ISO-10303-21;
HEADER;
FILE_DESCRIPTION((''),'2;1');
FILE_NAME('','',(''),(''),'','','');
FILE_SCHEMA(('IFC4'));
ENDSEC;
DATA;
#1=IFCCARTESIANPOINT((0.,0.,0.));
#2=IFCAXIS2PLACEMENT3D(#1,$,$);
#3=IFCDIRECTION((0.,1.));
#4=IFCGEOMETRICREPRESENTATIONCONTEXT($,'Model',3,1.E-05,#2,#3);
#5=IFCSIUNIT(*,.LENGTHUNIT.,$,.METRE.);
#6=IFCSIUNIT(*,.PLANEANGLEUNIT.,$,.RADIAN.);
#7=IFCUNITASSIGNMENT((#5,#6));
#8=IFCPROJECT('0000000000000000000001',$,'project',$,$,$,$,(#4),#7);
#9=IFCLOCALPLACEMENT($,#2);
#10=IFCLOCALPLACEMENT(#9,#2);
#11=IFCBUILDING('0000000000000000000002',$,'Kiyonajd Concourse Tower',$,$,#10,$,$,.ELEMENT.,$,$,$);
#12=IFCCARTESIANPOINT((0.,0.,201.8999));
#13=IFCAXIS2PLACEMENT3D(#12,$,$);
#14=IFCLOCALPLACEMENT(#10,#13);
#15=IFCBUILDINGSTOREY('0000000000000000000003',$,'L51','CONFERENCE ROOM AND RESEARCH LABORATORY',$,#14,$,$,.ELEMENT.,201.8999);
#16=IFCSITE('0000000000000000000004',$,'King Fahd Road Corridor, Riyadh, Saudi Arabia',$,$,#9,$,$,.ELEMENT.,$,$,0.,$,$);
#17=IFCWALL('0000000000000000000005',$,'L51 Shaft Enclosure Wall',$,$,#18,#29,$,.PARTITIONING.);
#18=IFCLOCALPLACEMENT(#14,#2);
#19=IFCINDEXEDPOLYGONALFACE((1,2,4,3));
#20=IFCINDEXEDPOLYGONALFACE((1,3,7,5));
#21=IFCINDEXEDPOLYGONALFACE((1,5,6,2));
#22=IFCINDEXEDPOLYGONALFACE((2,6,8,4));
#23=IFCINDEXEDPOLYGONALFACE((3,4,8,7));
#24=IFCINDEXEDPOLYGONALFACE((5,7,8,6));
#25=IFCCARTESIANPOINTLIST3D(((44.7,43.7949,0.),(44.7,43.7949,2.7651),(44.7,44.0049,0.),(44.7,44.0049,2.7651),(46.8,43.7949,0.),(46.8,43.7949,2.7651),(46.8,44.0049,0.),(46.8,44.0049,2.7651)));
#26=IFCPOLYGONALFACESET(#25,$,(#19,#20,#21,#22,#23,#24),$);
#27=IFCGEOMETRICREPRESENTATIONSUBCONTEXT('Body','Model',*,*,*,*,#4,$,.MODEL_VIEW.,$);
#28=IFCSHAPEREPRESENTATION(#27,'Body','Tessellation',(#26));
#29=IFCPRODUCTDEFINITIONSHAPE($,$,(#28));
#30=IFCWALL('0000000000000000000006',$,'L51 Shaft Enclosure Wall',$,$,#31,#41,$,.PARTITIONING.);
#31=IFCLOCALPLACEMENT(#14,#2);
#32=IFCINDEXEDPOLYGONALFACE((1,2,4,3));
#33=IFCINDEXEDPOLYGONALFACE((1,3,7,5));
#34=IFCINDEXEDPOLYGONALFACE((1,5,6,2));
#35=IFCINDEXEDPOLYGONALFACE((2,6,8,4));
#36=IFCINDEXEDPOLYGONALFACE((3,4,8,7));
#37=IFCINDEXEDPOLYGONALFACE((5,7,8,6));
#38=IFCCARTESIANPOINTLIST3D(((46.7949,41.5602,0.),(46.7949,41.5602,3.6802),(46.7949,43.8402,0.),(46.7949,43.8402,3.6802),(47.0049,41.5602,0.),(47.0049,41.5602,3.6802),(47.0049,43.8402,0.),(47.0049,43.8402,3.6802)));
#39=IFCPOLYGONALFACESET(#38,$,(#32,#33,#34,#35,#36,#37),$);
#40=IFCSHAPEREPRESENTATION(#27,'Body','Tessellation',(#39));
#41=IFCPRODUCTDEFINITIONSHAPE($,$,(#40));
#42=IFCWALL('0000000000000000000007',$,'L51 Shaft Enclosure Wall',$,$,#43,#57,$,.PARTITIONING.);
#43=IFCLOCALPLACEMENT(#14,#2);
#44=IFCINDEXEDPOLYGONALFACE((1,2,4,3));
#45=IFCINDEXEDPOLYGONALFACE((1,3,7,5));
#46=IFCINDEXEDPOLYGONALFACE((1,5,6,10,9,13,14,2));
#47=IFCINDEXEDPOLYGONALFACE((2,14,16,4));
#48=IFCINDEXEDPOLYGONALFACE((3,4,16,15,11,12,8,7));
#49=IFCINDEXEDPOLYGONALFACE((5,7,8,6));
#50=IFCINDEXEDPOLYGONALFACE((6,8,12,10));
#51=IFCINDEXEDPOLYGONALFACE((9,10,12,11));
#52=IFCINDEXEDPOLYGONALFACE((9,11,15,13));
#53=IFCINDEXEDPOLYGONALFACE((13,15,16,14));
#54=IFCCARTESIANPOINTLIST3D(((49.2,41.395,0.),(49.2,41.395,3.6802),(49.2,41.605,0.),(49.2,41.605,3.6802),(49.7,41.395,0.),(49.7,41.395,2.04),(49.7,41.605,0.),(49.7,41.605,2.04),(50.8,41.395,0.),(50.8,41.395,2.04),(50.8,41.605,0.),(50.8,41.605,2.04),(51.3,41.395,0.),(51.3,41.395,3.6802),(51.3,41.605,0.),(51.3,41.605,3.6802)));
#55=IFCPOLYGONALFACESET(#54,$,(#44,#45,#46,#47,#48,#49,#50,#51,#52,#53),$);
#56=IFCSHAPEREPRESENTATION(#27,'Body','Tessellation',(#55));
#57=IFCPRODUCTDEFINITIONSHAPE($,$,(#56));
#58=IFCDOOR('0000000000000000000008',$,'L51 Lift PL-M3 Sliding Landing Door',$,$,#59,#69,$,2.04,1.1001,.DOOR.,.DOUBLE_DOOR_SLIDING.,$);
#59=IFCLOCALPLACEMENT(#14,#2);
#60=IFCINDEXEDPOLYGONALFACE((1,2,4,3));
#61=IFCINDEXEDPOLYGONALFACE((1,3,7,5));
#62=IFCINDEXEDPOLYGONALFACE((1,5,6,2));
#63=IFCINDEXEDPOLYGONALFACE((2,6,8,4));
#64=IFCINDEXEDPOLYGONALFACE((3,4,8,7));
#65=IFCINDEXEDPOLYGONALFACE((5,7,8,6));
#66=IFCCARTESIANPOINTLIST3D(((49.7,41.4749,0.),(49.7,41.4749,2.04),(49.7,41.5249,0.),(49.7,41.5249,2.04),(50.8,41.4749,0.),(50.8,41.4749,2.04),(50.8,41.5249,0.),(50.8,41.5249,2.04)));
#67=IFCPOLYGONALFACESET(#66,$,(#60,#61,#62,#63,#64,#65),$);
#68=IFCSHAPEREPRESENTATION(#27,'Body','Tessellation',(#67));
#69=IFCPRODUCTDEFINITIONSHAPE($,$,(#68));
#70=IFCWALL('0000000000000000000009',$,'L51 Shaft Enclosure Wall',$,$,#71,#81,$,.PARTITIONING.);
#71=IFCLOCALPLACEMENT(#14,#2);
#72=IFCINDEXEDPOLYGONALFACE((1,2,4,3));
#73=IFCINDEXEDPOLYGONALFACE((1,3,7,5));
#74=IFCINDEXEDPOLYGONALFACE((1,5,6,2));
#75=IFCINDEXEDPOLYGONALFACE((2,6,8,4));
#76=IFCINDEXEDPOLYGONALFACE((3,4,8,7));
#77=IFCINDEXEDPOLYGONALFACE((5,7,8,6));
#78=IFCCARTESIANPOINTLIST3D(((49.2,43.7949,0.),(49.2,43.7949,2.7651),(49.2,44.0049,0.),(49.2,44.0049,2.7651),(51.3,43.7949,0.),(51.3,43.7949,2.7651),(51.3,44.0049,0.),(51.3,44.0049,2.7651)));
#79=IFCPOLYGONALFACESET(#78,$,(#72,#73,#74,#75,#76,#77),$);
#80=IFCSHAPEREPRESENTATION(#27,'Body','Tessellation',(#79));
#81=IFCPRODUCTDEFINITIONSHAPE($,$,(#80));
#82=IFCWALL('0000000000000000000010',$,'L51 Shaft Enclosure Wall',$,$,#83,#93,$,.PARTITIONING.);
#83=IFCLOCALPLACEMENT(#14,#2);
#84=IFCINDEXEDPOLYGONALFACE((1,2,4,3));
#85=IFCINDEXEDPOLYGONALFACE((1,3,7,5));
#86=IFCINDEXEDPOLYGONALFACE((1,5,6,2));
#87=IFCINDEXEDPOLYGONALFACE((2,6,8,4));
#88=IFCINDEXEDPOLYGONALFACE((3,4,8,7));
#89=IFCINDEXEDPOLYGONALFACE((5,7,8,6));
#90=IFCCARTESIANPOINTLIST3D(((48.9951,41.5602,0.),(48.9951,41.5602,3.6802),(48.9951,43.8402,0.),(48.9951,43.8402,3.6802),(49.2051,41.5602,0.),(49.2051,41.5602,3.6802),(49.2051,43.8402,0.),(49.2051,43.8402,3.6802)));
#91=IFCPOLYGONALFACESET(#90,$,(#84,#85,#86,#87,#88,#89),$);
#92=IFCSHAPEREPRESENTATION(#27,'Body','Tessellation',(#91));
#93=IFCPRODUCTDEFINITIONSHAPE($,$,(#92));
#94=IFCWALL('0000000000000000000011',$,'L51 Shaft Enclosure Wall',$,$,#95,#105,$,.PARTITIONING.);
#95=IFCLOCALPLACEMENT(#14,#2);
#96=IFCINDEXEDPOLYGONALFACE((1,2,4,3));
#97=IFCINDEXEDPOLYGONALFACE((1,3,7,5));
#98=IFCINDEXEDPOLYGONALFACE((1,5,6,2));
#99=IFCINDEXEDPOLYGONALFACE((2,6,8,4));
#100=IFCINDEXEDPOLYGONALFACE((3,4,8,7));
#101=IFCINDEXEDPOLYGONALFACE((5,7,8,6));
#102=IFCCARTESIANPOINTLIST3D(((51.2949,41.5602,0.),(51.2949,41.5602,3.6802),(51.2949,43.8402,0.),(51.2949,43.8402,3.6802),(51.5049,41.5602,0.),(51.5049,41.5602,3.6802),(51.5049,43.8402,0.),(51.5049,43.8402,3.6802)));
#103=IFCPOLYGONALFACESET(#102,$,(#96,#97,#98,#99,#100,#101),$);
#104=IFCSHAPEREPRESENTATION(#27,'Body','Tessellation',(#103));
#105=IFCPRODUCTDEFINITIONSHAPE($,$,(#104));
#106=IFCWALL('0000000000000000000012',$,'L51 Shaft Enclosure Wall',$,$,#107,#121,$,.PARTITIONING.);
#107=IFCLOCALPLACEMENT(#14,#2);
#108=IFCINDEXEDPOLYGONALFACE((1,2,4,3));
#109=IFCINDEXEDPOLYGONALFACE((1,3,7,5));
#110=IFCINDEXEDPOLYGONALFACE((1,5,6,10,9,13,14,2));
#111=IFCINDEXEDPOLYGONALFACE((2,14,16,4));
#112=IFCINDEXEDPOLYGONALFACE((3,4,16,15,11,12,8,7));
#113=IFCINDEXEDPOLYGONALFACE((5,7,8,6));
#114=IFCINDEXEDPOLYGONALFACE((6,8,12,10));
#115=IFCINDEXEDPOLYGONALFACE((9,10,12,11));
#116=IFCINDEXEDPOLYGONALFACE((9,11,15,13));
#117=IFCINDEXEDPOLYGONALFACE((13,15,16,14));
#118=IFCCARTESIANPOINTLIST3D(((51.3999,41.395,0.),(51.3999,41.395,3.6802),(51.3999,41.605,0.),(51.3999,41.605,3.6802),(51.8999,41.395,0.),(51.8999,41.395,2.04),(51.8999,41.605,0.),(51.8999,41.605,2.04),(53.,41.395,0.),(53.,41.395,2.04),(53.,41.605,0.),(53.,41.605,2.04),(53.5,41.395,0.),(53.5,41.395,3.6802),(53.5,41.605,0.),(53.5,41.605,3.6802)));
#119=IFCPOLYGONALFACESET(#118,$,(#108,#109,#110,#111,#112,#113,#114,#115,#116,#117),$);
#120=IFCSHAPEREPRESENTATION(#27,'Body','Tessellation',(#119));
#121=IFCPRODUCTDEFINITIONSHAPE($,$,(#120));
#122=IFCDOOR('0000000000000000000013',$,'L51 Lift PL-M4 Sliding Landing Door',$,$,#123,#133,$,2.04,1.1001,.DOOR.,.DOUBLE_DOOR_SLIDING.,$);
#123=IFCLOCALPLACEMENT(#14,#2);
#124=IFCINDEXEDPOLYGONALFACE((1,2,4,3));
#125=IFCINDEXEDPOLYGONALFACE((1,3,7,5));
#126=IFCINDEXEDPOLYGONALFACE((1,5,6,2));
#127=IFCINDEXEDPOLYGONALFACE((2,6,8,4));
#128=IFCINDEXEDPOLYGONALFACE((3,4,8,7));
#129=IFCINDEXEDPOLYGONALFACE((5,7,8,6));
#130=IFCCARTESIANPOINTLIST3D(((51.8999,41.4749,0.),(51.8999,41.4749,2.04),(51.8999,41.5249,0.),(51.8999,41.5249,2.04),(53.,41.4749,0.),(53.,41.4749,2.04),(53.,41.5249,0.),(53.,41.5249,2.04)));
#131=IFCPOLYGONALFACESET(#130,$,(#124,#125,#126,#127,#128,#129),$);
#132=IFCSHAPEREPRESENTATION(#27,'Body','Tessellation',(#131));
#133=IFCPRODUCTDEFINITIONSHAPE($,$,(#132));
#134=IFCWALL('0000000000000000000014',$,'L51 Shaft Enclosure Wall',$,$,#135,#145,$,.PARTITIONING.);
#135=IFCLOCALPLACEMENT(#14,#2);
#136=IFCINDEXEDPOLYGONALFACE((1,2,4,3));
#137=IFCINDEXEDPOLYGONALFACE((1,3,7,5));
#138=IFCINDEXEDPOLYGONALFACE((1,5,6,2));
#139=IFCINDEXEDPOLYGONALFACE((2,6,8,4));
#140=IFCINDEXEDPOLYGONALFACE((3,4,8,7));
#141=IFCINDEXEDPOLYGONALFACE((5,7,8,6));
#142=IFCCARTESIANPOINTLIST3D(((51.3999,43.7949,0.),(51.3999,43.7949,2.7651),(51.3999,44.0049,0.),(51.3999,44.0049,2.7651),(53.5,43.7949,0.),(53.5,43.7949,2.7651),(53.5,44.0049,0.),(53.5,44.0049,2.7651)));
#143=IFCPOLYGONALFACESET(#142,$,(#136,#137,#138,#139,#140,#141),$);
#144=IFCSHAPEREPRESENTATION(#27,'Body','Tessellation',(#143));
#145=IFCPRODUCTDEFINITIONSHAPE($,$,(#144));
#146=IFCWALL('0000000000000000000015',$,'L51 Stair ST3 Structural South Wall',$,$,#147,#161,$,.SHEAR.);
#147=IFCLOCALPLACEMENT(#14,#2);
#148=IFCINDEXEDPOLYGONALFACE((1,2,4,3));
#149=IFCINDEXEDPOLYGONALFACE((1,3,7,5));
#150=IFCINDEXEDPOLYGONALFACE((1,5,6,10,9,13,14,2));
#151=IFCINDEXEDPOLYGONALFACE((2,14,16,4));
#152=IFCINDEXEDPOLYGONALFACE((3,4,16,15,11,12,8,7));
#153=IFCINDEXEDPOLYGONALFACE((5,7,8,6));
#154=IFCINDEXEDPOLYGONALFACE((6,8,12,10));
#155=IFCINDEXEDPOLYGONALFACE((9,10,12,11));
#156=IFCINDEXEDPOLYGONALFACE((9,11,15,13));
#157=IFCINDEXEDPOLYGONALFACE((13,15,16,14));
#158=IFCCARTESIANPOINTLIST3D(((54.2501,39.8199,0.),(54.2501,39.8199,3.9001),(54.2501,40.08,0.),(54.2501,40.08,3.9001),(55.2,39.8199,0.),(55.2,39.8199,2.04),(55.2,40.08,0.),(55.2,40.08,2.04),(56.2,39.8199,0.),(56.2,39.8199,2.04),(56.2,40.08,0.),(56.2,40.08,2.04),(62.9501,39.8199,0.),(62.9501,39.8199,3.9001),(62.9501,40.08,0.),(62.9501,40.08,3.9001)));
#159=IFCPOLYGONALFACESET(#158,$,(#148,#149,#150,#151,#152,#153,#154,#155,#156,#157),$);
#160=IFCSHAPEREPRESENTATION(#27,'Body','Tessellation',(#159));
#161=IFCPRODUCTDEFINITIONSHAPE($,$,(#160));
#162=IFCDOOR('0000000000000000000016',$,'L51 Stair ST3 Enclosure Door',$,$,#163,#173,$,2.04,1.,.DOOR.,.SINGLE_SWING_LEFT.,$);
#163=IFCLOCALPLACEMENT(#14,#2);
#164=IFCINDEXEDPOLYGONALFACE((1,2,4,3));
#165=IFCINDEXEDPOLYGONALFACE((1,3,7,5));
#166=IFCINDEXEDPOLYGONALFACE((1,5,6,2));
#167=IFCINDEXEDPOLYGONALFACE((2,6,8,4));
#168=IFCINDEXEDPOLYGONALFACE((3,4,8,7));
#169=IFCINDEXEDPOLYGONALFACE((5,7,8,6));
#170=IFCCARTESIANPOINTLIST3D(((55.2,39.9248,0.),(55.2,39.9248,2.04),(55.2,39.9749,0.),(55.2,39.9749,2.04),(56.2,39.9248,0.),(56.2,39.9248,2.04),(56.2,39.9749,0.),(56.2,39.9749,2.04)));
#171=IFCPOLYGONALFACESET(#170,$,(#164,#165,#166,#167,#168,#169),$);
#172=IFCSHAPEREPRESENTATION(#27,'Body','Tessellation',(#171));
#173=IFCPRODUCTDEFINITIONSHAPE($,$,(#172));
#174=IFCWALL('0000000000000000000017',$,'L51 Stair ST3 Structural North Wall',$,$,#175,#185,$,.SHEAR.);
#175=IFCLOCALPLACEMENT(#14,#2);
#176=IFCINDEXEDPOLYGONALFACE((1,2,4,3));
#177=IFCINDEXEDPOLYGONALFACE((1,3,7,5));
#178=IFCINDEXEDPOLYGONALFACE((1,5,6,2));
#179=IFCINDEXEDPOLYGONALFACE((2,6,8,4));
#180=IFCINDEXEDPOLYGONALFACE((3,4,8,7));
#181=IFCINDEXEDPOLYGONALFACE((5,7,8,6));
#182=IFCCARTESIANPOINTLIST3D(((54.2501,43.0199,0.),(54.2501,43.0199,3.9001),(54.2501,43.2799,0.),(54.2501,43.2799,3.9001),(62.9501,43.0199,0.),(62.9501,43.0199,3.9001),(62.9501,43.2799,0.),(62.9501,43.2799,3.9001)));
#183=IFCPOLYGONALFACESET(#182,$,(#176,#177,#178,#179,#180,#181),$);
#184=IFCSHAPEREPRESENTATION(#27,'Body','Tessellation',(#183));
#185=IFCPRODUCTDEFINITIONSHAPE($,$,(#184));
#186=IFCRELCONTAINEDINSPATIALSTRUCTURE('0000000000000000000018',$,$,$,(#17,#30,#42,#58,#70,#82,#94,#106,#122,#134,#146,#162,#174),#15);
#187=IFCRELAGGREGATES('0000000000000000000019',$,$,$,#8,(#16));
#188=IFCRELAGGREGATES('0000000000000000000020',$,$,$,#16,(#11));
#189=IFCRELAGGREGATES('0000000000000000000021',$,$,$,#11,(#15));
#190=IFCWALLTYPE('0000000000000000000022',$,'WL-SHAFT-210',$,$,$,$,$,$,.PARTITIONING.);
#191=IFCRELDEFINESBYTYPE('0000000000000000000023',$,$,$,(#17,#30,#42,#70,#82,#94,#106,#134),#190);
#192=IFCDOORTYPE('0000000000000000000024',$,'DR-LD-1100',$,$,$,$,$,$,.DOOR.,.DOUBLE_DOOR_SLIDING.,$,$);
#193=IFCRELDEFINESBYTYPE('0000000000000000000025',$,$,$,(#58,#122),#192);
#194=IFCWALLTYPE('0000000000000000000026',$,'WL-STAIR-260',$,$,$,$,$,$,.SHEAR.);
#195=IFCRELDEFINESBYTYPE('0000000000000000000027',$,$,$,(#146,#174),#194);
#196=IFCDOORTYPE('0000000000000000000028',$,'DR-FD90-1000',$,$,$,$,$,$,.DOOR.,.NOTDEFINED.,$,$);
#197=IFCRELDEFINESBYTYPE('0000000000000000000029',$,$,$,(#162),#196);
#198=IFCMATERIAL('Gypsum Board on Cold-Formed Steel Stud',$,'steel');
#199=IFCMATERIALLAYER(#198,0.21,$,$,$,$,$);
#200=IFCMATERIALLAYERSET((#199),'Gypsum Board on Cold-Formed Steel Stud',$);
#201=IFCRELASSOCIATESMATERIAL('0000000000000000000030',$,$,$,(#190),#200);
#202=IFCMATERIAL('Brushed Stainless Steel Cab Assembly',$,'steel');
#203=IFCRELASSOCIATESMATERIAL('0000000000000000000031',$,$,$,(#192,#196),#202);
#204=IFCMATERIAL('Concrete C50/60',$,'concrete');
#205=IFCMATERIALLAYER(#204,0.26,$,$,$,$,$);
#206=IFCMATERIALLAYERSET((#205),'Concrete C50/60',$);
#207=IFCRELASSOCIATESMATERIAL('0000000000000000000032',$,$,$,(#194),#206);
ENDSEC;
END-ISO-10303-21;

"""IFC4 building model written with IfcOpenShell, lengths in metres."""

from ifc_helpers import new_model, si_unit, direction, frame, frame_2d, origin, place, context, subcontext, project, spatial, rectangle, extrude, material, layer, layer_set, type_object, element, fill, save


model = new_model("IFC4")

# Units and contexts
model_context = context("Model", 3, precision=1e-05, world=origin(), true_north=direction((0.0, 1.0)))
body_context = subcontext(model_context, "Body", "Model", "MODEL_VIEW")
ifc_project = project(units=[si_unit("LENGTHUNIT", "METRE"), si_unit("PLANEANGLEUNIT", "RADIAN")], contexts=[model_context])

# Site, building, storey
site_placement = place(None, origin())
site = spatial("IfcSite", under=ifc_project, at=site_placement, Name="King Fahd Road Corridor, Riyadh, Saudi Arabia", CompositionType="ELEMENT", RefElevation=0.0)
building_placement = place(site_placement, origin())
building = spatial("IfcBuilding", under=site, at=building_placement, Name="Kiyonajd Concourse Tower", CompositionType="ELEMENT")
storey_placement = place(building_placement, frame((0.0, 0.0, 201.8999)))
storey = spatial("IfcBuildingStorey", under=building, at=storey_placement, Name="L51", Description="CONFERENCE ROOM AND RESEARCH LABORATORY", CompositionType="ELEMENT", Elevation=201.8999)

# Shared definitions
ifc_material_1 = material(Name="Concrete C50/60", Category="concrete")

# Shared definitions
ifc_material_2 = material(Name="Gypsum Board on Cold-Formed Steel Stud", Category="steel")
ifc_layer_1 = layer(ifc_material_2, 0.21)
ifc_layer_set_1 = layer_set([ifc_layer_1], Name="Gypsum Board on Cold-Formed Steel Stud")
wall_type_1 = type_object("IfcWallType", Name="WL-SHAFT-210", PredefinedType="PARTITIONING", material=ifc_layer_set_1)

# Shared definitions
ifc_material_3 = material(Name="Brushed Stainless Steel Cab Assembly", Category="steel")
door_type_1 = type_object("IfcDoorType", Name="DR-LD-1100", OperationType="DOUBLE_DOOR_SLIDING", PredefinedType="DOOR", material=ifc_material_3)

# Walls
wall_1_placement = place(storey_placement, frame((44.7, 43.8999, 0.0), z_axis=(0.0, 0.0, 1.0), x_axis=(1.0, 0.0, 0.0)))
element("IfcWall", 1, at=wall_1_placement, inside=storey, type_object=wall_type_1, Name="L51 Shaft Enclosure Wall", PredefinedType="PARTITIONING", context=body_context, shape_type="SweptSolid", body=[
    extrude(rectangle(XDim=2.1001, YDim=0.21, at=frame_2d((1.05, 0.0))), origin(), (0.0, 0.0, 1.0), 2.7651),
])
wall_2_placement = place(storey_placement, frame((46.8999, 41.5601, 0.0), z_axis=(0.0, 0.0, 1.0), x_axis=(0.0, 1.0, 0.0)))
element("IfcWall", 2, at=wall_2_placement, inside=storey, type_object=wall_type_1, Name="L51 Shaft Enclosure Wall", PredefinedType="PARTITIONING", context=body_context, shape_type="SweptSolid", body=[
    extrude(rectangle(XDim=2.28, YDim=0.21, at=frame_2d((1.1401, 0.0))), origin(), (0.0, 0.0, 1.0), 3.6802),
])

# Wall, opening, door
wall_3_placement = place(storey_placement, frame((49.2, 41.5, 0.0), z_axis=(0.0, 0.0, 1.0), x_axis=(1.0, 0.0, 0.0)))
wall_3 = element("IfcWall", 3, at=wall_3_placement, inside=storey, type_object=wall_type_1, Name="L51 Shaft Enclosure Wall", PredefinedType="PARTITIONING", context=body_context, shape_type="SweptSolid", body=[
    extrude(rectangle(XDim=2.1001, YDim=0.21, at=frame_2d((1.05, 0.0))), origin(), (0.0, 0.0, 1.0), 3.6802),
])
opening_1_placement = place(wall_3_placement, frame((0.5, 0.0, 0.0)))
opening_1 = element("IfcOpeningElement", 4, at=opening_1_placement, cuts=wall_3, PredefinedType="OPENING", context=body_context, shape_type="SweptSolid", body=[
    extrude(rectangle(XDim=1.1001, YDim=2.04, at=frame_2d((0.55, 1.02))), frame((0.0, 0.115, 0.0), z_axis=(0.0, -1.0, 0.0), x_axis=(1.0, 0.0, 0.0)), (0.0, 0.0, 1.0), 0.23),
])
door_1_placement = place(opening_1_placement, origin())
door_1 = element("IfcDoor", 5, at=door_1_placement, inside=storey, type_object=door_type_1, Name="L51 Lift PL-M3 Sliding Landing Door", OperationType="DOUBLE_DOOR_SLIDING", OverallHeight=2.04, OverallWidth=1.1001, PredefinedType="DOOR", context=body_context, shape_type="SweptSolid", body=[
    extrude(rectangle(XDim=1.1001, YDim=2.04, at=frame_2d((0.55, 1.02))), frame((0.0, 0.0249, 0.0), z_axis=(0.0, -1.0, 0.0), x_axis=(1.0, 0.0, 0.0)), (0.0, 0.0, 1.0), 0.05),
])
fill(opening_1, door_1)

# Walls
wall_4_placement = place(storey_placement, frame((49.2, 43.8999, 0.0), z_axis=(0.0, 0.0, 1.0), x_axis=(1.0, 0.0, 0.0)))
element("IfcWall", 6, at=wall_4_placement, inside=storey, type_object=wall_type_1, Name="L51 Shaft Enclosure Wall", PredefinedType="PARTITIONING", context=body_context, shape_type="SweptSolid", body=[
    extrude(rectangle(XDim=2.1001, YDim=0.21, at=frame_2d((1.05, 0.0))), origin(), (0.0, 0.0, 1.0), 2.7651),
])
for number, where, z_axis, x_axis, name in (
    (7, (49.1001, 41.5601, 0.0), (0.0, 0.0, 1.0), (0.0, 1.0, 0.0), "L51 Shaft Enclosure Wall"),
    (8, (51.3999, 41.5601, 0.0), (0.0, 0.0, 1.0), (0.0, 1.0, 0.0), "L51 Shaft Enclosure Wall"),
):
    element("IfcWall", number, at=place(storey_placement, frame(where, z_axis=z_axis, x_axis=x_axis)), inside=storey, type_object=wall_type_1, Name=name, PredefinedType="PARTITIONING", context=body_context, shape_type="SweptSolid", body=[
        extrude(rectangle(XDim=2.28, YDim=0.21, at=frame_2d((1.1401, 0.0))), origin(), (0.0, 0.0, 1.0), 3.6802),
    ])

# Wall, opening, door
wall_5_placement = place(storey_placement, frame((51.3999, 41.5, 0.0), z_axis=(0.0, 0.0, 1.0), x_axis=(1.0, 0.0, 0.0)))
wall_5 = element("IfcWall", 9, at=wall_5_placement, inside=storey, type_object=wall_type_1, Name="L51 Shaft Enclosure Wall", PredefinedType="PARTITIONING", context=body_context, shape_type="SweptSolid", body=[
    extrude(rectangle(XDim=2.1001, YDim=0.21, at=frame_2d((1.05, 0.0))), origin(), (0.0, 0.0, 1.0), 3.6802),
])
opening_2_placement = place(wall_5_placement, frame((0.5, 0.0, 0.0)))
opening_2 = element("IfcOpeningElement", 10, at=opening_2_placement, cuts=wall_5, PredefinedType="OPENING", context=body_context, shape_type="SweptSolid", body=[
    extrude(rectangle(XDim=1.1001, YDim=2.04, at=frame_2d((0.55, 1.02))), frame((0.0, 0.115, 0.0), z_axis=(0.0, -1.0, 0.0), x_axis=(1.0, 0.0, 0.0)), (0.0, 0.0, 1.0), 0.23),
])
door_2_placement = place(opening_2_placement, origin())
door_2 = element("IfcDoor", 11, at=door_2_placement, inside=storey, type_object=door_type_1, Name="L51 Lift PL-M4 Sliding Landing Door", OperationType="DOUBLE_DOOR_SLIDING", OverallHeight=2.04, OverallWidth=1.1001, PredefinedType="DOOR", context=body_context, shape_type="SweptSolid", body=[
    extrude(rectangle(XDim=1.1001, YDim=2.04, at=frame_2d((0.55, 1.02))), frame((0.0, 0.0249, 0.0), z_axis=(0.0, -1.0, 0.0), x_axis=(1.0, 0.0, 0.0)), (0.0, 0.0, 1.0), 0.05),
])
fill(opening_2, door_2)

# Wall
wall_6_placement = place(storey_placement, frame((51.3999, 43.8999, 0.0), z_axis=(0.0, 0.0, 1.0), x_axis=(1.0, 0.0, 0.0)))
element("IfcWall", 12, at=wall_6_placement, inside=storey, type_object=wall_type_1, Name="L51 Shaft Enclosure Wall", PredefinedType="PARTITIONING", context=body_context, shape_type="SweptSolid", body=[
    extrude(rectangle(XDim=2.1001, YDim=0.21, at=frame_2d((1.05, 0.0))), origin(), (0.0, 0.0, 1.0), 2.7651),
])

# Wall, opening, door
ifc_layer_2 = layer(ifc_material_1, 0.26)
ifc_layer_set_2 = layer_set([ifc_layer_2], Name="Concrete C50/60")
wall_type_2 = type_object("IfcWallType", Name="WL-STAIR-260", PredefinedType="SHEAR", material=ifc_layer_set_2)
wall_7_placement = place(storey_placement, frame((54.25, 39.95, 0.0), z_axis=(0.0, 0.0, 1.0), x_axis=(1.0, 0.0, 0.0)))
wall_7 = element("IfcWall", 13, at=wall_7_placement, inside=storey, type_object=wall_type_2, Name="L51 Stair ST3 Structural South Wall", PredefinedType="SHEAR", context=body_context, shape_type="SweptSolid", body=[
    extrude(rectangle(XDim=8.7, YDim=0.26, at=frame_2d((4.3501, 0.0))), origin(), (0.0, 0.0, 1.0), 3.9001),
])
opening_3_placement = place(wall_7_placement, frame((0.95, 0.0, 0.0)))
opening_3 = element("IfcOpeningElement", 14, at=opening_3_placement, cuts=wall_7, PredefinedType="OPENING", context=body_context, shape_type="SweptSolid", body=[
    extrude(rectangle(XDim=1.0, YDim=2.04, at=frame_2d((0.5, 1.02))), frame((0.0, 0.1399, 0.0), z_axis=(0.0, -1.0, 0.0), x_axis=(1.0, 0.0, 0.0)), (0.0, 0.0, 1.0), 0.28),
])
door_type_2 = type_object("IfcDoorType", Name="DR-FD90-1000", OperationType="NOTDEFINED", PredefinedType="DOOR", material=ifc_material_3)
door_3_placement = place(opening_3_placement, origin())
door_3 = element("IfcDoor", 15, at=door_3_placement, inside=storey, type_object=door_type_2, Name="L51 Stair ST3 Enclosure Door", OperationType="SINGLE_SWING_LEFT", OverallHeight=2.04, OverallWidth=1.0, PredefinedType="DOOR", context=body_context, shape_type="SweptSolid", body=[
    extrude(rectangle(XDim=1.0, YDim=2.04, at=frame_2d((0.5, 1.02))), frame((0.0, 0.0249, 0.0), z_axis=(0.0, -1.0, 0.0), x_axis=(1.0, 0.0, 0.0)), (0.0, 0.0, 1.0), 0.05),
])
fill(opening_3, door_3)

# Wall
wall_8_placement = place(storey_placement, frame((54.25, 43.1499, 0.0), z_axis=(0.0, 0.0, 1.0), x_axis=(1.0, 0.0, 0.0)))
element("IfcWall", 16, at=wall_8_placement, inside=storey, type_object=wall_type_2, Name="L51 Stair ST3 Structural North Wall", PredefinedType="SHEAR", context=body_context, shape_type="SweptSolid", body=[
    extrude(rectangle(XDim=8.7, YDim=0.26, at=frame_2d((4.3501, 0.0))), origin(), (0.0, 0.0, 1.0), 3.9001),
])

save(model, "model.ifc")
